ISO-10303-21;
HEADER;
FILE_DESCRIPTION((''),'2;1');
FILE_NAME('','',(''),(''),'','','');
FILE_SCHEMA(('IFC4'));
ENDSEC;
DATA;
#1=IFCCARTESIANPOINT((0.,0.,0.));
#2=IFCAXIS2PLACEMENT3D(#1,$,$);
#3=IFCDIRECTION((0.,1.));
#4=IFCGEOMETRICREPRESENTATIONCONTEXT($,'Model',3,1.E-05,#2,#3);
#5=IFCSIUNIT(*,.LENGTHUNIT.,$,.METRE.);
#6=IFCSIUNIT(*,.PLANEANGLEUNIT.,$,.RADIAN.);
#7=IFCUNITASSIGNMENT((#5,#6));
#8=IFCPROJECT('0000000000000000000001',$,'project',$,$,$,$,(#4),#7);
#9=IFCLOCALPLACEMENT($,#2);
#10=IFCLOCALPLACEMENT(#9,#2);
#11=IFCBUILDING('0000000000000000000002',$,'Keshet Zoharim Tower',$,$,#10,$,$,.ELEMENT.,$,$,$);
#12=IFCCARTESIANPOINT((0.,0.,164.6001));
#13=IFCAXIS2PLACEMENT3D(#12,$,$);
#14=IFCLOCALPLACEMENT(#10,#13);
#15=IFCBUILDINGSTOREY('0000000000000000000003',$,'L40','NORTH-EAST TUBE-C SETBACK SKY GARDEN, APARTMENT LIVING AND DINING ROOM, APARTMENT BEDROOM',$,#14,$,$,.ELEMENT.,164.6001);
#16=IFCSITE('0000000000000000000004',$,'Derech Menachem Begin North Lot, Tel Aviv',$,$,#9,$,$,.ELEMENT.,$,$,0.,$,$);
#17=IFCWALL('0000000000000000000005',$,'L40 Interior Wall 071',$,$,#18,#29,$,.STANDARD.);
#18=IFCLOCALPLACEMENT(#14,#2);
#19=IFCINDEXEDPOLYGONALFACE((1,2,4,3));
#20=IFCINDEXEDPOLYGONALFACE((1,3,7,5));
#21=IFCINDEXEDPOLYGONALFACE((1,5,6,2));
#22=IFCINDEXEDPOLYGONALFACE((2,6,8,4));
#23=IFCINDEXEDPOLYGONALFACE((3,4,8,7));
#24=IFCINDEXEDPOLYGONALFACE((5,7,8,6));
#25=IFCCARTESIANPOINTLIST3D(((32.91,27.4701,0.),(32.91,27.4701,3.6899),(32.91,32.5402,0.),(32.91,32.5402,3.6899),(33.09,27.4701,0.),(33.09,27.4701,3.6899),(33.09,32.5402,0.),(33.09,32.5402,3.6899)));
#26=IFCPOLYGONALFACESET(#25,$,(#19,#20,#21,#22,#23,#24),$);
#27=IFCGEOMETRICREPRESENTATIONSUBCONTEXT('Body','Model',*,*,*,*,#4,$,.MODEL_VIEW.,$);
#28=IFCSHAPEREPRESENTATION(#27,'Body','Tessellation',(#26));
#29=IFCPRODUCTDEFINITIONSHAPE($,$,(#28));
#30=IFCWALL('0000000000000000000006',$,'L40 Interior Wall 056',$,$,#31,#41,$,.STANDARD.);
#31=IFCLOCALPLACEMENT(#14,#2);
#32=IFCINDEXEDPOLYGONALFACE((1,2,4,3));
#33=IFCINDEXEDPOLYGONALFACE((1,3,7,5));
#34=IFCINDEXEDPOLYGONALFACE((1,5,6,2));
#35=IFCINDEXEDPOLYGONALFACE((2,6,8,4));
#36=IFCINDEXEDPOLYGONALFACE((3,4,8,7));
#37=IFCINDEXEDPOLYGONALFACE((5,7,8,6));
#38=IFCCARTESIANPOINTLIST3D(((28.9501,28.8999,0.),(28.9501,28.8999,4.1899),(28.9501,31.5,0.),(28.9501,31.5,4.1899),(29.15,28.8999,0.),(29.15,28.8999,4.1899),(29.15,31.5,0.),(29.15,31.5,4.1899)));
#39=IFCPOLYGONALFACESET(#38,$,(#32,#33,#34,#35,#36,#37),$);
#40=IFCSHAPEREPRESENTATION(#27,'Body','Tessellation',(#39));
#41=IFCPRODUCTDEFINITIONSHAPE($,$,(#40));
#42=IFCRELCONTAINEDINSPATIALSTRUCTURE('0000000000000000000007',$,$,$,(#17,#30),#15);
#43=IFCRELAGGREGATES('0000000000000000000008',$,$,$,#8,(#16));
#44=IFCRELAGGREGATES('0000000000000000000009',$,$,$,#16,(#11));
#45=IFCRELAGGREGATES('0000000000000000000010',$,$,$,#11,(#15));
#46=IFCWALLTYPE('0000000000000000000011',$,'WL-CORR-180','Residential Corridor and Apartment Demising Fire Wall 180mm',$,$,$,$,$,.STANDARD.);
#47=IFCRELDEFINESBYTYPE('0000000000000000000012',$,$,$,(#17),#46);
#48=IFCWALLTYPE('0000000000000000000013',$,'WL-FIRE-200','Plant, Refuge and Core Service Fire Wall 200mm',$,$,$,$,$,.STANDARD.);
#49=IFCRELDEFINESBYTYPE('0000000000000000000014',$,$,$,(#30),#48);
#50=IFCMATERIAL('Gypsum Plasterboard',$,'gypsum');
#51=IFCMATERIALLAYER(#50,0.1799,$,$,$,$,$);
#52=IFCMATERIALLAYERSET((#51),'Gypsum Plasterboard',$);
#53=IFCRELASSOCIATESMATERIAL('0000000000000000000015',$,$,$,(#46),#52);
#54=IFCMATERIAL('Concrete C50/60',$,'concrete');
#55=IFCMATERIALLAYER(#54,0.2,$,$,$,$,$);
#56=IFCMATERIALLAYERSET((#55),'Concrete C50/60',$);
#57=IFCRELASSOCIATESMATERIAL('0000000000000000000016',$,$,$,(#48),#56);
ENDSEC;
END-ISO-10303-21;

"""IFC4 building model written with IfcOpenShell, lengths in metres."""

from ifc_helpers import new_model, si_unit, direction, frame, frame_2d, origin, place, context, subcontext, project, spatial, rectangle, extrude, material, layer, layer_set, type_object, element, save


model = new_model("IFC4")

# Units and contexts
model_context = context("Model", 3, precision=1e-05, world=origin(), true_north=direction((0.0, 1.0)))
body_context = subcontext(model_context, "Body", "Model", "MODEL_VIEW")
ifc_project = project(units=[si_unit("LENGTHUNIT", "METRE"), si_unit("PLANEANGLEUNIT", "RADIAN")], contexts=[model_context])

# Site, building, storey
site_placement = place(None, origin())
site = spatial("IfcSite", under=ifc_project, at=site_placement, Name="Derech Menachem Begin North Lot, Tel Aviv", CompositionType="ELEMENT", RefElevation=0.0)
building_placement = place(site_placement, origin())
building = spatial("IfcBuilding", under=site, at=building_placement, Name="Keshet Zoharim Tower", CompositionType="ELEMENT")
storey_placement = place(building_placement, frame((0.0, 0.0, 164.6001)))
storey = spatial("IfcBuildingStorey", under=building, at=storey_placement, Name="L40", Description="NORTH-EAST TUBE-C SETBACK SKY GARDEN, APARTMENT LIVING AND DINING ROOM, APARTMENT BEDROOM", CompositionType="ELEMENT", Elevation=164.6001)

# Shared definitions
ifc_material_1 = material(Name="Gypsum Plasterboard", Category="gypsum")

# Walls
ifc_layer_1 = layer(ifc_material_1, 0.1799)
ifc_layer_set_1 = layer_set([ifc_layer_1], Name="Gypsum Plasterboard")
wall_type_1 = type_object("IfcWallType", Name="WL-CORR-180", Description="Residential Corridor and Apartment Demising Fire Wall 180mm", PredefinedType="STANDARD", material=ifc_layer_set_1)
wall_1_placement = place(storey_placement, frame((33.0, 27.47, 0.0), z_axis=(0.0, 0.0, 1.0), x_axis=(0.0, 1.0, 0.0)))
element("IfcWall", 1, at=wall_1_placement, inside=storey, type_object=wall_type_1, Name="L40 Interior Wall 071", PredefinedType="STANDARD", context=body_context, shape_type="SweptSolid", body=[
    extrude(rectangle(XDim=5.0701, YDim=0.1799, at=frame_2d((2.5352, 0.0))), origin(), (0.0, 0.0, 1.0), 3.6899),
])
ifc_material_2 = material(Name="Concrete C50/60", Category="concrete")
ifc_layer_2 = layer(ifc_material_2, 0.2)
ifc_layer_set_2 = layer_set([ifc_layer_2], Name="Concrete C50/60")
wall_type_2 = type_object("IfcWallType", Name="WL-FIRE-200", Description="Plant, Refuge and Core Service Fire Wall 200mm", PredefinedType="STANDARD", material=ifc_layer_set_2)
wall_2_placement = place(storey_placement, frame((29.05, 28.8999, 0.0), z_axis=(0.0, 0.0, 1.0), x_axis=(0.0, 1.0, 0.0)))
element("IfcWall", 2, at=wall_2_placement, inside=storey, type_object=wall_type_2, Name="L40 Interior Wall 056", PredefinedType="STANDARD", context=body_context, shape_type="SweptSolid", body=[
    extrude(rectangle(XDim=2.6001, YDim=0.2, at=frame_2d((1.3, 0.0))), origin(), (0.0, 0.0, 1.0), 4.1899),
])

save(model, "model.ifc")
